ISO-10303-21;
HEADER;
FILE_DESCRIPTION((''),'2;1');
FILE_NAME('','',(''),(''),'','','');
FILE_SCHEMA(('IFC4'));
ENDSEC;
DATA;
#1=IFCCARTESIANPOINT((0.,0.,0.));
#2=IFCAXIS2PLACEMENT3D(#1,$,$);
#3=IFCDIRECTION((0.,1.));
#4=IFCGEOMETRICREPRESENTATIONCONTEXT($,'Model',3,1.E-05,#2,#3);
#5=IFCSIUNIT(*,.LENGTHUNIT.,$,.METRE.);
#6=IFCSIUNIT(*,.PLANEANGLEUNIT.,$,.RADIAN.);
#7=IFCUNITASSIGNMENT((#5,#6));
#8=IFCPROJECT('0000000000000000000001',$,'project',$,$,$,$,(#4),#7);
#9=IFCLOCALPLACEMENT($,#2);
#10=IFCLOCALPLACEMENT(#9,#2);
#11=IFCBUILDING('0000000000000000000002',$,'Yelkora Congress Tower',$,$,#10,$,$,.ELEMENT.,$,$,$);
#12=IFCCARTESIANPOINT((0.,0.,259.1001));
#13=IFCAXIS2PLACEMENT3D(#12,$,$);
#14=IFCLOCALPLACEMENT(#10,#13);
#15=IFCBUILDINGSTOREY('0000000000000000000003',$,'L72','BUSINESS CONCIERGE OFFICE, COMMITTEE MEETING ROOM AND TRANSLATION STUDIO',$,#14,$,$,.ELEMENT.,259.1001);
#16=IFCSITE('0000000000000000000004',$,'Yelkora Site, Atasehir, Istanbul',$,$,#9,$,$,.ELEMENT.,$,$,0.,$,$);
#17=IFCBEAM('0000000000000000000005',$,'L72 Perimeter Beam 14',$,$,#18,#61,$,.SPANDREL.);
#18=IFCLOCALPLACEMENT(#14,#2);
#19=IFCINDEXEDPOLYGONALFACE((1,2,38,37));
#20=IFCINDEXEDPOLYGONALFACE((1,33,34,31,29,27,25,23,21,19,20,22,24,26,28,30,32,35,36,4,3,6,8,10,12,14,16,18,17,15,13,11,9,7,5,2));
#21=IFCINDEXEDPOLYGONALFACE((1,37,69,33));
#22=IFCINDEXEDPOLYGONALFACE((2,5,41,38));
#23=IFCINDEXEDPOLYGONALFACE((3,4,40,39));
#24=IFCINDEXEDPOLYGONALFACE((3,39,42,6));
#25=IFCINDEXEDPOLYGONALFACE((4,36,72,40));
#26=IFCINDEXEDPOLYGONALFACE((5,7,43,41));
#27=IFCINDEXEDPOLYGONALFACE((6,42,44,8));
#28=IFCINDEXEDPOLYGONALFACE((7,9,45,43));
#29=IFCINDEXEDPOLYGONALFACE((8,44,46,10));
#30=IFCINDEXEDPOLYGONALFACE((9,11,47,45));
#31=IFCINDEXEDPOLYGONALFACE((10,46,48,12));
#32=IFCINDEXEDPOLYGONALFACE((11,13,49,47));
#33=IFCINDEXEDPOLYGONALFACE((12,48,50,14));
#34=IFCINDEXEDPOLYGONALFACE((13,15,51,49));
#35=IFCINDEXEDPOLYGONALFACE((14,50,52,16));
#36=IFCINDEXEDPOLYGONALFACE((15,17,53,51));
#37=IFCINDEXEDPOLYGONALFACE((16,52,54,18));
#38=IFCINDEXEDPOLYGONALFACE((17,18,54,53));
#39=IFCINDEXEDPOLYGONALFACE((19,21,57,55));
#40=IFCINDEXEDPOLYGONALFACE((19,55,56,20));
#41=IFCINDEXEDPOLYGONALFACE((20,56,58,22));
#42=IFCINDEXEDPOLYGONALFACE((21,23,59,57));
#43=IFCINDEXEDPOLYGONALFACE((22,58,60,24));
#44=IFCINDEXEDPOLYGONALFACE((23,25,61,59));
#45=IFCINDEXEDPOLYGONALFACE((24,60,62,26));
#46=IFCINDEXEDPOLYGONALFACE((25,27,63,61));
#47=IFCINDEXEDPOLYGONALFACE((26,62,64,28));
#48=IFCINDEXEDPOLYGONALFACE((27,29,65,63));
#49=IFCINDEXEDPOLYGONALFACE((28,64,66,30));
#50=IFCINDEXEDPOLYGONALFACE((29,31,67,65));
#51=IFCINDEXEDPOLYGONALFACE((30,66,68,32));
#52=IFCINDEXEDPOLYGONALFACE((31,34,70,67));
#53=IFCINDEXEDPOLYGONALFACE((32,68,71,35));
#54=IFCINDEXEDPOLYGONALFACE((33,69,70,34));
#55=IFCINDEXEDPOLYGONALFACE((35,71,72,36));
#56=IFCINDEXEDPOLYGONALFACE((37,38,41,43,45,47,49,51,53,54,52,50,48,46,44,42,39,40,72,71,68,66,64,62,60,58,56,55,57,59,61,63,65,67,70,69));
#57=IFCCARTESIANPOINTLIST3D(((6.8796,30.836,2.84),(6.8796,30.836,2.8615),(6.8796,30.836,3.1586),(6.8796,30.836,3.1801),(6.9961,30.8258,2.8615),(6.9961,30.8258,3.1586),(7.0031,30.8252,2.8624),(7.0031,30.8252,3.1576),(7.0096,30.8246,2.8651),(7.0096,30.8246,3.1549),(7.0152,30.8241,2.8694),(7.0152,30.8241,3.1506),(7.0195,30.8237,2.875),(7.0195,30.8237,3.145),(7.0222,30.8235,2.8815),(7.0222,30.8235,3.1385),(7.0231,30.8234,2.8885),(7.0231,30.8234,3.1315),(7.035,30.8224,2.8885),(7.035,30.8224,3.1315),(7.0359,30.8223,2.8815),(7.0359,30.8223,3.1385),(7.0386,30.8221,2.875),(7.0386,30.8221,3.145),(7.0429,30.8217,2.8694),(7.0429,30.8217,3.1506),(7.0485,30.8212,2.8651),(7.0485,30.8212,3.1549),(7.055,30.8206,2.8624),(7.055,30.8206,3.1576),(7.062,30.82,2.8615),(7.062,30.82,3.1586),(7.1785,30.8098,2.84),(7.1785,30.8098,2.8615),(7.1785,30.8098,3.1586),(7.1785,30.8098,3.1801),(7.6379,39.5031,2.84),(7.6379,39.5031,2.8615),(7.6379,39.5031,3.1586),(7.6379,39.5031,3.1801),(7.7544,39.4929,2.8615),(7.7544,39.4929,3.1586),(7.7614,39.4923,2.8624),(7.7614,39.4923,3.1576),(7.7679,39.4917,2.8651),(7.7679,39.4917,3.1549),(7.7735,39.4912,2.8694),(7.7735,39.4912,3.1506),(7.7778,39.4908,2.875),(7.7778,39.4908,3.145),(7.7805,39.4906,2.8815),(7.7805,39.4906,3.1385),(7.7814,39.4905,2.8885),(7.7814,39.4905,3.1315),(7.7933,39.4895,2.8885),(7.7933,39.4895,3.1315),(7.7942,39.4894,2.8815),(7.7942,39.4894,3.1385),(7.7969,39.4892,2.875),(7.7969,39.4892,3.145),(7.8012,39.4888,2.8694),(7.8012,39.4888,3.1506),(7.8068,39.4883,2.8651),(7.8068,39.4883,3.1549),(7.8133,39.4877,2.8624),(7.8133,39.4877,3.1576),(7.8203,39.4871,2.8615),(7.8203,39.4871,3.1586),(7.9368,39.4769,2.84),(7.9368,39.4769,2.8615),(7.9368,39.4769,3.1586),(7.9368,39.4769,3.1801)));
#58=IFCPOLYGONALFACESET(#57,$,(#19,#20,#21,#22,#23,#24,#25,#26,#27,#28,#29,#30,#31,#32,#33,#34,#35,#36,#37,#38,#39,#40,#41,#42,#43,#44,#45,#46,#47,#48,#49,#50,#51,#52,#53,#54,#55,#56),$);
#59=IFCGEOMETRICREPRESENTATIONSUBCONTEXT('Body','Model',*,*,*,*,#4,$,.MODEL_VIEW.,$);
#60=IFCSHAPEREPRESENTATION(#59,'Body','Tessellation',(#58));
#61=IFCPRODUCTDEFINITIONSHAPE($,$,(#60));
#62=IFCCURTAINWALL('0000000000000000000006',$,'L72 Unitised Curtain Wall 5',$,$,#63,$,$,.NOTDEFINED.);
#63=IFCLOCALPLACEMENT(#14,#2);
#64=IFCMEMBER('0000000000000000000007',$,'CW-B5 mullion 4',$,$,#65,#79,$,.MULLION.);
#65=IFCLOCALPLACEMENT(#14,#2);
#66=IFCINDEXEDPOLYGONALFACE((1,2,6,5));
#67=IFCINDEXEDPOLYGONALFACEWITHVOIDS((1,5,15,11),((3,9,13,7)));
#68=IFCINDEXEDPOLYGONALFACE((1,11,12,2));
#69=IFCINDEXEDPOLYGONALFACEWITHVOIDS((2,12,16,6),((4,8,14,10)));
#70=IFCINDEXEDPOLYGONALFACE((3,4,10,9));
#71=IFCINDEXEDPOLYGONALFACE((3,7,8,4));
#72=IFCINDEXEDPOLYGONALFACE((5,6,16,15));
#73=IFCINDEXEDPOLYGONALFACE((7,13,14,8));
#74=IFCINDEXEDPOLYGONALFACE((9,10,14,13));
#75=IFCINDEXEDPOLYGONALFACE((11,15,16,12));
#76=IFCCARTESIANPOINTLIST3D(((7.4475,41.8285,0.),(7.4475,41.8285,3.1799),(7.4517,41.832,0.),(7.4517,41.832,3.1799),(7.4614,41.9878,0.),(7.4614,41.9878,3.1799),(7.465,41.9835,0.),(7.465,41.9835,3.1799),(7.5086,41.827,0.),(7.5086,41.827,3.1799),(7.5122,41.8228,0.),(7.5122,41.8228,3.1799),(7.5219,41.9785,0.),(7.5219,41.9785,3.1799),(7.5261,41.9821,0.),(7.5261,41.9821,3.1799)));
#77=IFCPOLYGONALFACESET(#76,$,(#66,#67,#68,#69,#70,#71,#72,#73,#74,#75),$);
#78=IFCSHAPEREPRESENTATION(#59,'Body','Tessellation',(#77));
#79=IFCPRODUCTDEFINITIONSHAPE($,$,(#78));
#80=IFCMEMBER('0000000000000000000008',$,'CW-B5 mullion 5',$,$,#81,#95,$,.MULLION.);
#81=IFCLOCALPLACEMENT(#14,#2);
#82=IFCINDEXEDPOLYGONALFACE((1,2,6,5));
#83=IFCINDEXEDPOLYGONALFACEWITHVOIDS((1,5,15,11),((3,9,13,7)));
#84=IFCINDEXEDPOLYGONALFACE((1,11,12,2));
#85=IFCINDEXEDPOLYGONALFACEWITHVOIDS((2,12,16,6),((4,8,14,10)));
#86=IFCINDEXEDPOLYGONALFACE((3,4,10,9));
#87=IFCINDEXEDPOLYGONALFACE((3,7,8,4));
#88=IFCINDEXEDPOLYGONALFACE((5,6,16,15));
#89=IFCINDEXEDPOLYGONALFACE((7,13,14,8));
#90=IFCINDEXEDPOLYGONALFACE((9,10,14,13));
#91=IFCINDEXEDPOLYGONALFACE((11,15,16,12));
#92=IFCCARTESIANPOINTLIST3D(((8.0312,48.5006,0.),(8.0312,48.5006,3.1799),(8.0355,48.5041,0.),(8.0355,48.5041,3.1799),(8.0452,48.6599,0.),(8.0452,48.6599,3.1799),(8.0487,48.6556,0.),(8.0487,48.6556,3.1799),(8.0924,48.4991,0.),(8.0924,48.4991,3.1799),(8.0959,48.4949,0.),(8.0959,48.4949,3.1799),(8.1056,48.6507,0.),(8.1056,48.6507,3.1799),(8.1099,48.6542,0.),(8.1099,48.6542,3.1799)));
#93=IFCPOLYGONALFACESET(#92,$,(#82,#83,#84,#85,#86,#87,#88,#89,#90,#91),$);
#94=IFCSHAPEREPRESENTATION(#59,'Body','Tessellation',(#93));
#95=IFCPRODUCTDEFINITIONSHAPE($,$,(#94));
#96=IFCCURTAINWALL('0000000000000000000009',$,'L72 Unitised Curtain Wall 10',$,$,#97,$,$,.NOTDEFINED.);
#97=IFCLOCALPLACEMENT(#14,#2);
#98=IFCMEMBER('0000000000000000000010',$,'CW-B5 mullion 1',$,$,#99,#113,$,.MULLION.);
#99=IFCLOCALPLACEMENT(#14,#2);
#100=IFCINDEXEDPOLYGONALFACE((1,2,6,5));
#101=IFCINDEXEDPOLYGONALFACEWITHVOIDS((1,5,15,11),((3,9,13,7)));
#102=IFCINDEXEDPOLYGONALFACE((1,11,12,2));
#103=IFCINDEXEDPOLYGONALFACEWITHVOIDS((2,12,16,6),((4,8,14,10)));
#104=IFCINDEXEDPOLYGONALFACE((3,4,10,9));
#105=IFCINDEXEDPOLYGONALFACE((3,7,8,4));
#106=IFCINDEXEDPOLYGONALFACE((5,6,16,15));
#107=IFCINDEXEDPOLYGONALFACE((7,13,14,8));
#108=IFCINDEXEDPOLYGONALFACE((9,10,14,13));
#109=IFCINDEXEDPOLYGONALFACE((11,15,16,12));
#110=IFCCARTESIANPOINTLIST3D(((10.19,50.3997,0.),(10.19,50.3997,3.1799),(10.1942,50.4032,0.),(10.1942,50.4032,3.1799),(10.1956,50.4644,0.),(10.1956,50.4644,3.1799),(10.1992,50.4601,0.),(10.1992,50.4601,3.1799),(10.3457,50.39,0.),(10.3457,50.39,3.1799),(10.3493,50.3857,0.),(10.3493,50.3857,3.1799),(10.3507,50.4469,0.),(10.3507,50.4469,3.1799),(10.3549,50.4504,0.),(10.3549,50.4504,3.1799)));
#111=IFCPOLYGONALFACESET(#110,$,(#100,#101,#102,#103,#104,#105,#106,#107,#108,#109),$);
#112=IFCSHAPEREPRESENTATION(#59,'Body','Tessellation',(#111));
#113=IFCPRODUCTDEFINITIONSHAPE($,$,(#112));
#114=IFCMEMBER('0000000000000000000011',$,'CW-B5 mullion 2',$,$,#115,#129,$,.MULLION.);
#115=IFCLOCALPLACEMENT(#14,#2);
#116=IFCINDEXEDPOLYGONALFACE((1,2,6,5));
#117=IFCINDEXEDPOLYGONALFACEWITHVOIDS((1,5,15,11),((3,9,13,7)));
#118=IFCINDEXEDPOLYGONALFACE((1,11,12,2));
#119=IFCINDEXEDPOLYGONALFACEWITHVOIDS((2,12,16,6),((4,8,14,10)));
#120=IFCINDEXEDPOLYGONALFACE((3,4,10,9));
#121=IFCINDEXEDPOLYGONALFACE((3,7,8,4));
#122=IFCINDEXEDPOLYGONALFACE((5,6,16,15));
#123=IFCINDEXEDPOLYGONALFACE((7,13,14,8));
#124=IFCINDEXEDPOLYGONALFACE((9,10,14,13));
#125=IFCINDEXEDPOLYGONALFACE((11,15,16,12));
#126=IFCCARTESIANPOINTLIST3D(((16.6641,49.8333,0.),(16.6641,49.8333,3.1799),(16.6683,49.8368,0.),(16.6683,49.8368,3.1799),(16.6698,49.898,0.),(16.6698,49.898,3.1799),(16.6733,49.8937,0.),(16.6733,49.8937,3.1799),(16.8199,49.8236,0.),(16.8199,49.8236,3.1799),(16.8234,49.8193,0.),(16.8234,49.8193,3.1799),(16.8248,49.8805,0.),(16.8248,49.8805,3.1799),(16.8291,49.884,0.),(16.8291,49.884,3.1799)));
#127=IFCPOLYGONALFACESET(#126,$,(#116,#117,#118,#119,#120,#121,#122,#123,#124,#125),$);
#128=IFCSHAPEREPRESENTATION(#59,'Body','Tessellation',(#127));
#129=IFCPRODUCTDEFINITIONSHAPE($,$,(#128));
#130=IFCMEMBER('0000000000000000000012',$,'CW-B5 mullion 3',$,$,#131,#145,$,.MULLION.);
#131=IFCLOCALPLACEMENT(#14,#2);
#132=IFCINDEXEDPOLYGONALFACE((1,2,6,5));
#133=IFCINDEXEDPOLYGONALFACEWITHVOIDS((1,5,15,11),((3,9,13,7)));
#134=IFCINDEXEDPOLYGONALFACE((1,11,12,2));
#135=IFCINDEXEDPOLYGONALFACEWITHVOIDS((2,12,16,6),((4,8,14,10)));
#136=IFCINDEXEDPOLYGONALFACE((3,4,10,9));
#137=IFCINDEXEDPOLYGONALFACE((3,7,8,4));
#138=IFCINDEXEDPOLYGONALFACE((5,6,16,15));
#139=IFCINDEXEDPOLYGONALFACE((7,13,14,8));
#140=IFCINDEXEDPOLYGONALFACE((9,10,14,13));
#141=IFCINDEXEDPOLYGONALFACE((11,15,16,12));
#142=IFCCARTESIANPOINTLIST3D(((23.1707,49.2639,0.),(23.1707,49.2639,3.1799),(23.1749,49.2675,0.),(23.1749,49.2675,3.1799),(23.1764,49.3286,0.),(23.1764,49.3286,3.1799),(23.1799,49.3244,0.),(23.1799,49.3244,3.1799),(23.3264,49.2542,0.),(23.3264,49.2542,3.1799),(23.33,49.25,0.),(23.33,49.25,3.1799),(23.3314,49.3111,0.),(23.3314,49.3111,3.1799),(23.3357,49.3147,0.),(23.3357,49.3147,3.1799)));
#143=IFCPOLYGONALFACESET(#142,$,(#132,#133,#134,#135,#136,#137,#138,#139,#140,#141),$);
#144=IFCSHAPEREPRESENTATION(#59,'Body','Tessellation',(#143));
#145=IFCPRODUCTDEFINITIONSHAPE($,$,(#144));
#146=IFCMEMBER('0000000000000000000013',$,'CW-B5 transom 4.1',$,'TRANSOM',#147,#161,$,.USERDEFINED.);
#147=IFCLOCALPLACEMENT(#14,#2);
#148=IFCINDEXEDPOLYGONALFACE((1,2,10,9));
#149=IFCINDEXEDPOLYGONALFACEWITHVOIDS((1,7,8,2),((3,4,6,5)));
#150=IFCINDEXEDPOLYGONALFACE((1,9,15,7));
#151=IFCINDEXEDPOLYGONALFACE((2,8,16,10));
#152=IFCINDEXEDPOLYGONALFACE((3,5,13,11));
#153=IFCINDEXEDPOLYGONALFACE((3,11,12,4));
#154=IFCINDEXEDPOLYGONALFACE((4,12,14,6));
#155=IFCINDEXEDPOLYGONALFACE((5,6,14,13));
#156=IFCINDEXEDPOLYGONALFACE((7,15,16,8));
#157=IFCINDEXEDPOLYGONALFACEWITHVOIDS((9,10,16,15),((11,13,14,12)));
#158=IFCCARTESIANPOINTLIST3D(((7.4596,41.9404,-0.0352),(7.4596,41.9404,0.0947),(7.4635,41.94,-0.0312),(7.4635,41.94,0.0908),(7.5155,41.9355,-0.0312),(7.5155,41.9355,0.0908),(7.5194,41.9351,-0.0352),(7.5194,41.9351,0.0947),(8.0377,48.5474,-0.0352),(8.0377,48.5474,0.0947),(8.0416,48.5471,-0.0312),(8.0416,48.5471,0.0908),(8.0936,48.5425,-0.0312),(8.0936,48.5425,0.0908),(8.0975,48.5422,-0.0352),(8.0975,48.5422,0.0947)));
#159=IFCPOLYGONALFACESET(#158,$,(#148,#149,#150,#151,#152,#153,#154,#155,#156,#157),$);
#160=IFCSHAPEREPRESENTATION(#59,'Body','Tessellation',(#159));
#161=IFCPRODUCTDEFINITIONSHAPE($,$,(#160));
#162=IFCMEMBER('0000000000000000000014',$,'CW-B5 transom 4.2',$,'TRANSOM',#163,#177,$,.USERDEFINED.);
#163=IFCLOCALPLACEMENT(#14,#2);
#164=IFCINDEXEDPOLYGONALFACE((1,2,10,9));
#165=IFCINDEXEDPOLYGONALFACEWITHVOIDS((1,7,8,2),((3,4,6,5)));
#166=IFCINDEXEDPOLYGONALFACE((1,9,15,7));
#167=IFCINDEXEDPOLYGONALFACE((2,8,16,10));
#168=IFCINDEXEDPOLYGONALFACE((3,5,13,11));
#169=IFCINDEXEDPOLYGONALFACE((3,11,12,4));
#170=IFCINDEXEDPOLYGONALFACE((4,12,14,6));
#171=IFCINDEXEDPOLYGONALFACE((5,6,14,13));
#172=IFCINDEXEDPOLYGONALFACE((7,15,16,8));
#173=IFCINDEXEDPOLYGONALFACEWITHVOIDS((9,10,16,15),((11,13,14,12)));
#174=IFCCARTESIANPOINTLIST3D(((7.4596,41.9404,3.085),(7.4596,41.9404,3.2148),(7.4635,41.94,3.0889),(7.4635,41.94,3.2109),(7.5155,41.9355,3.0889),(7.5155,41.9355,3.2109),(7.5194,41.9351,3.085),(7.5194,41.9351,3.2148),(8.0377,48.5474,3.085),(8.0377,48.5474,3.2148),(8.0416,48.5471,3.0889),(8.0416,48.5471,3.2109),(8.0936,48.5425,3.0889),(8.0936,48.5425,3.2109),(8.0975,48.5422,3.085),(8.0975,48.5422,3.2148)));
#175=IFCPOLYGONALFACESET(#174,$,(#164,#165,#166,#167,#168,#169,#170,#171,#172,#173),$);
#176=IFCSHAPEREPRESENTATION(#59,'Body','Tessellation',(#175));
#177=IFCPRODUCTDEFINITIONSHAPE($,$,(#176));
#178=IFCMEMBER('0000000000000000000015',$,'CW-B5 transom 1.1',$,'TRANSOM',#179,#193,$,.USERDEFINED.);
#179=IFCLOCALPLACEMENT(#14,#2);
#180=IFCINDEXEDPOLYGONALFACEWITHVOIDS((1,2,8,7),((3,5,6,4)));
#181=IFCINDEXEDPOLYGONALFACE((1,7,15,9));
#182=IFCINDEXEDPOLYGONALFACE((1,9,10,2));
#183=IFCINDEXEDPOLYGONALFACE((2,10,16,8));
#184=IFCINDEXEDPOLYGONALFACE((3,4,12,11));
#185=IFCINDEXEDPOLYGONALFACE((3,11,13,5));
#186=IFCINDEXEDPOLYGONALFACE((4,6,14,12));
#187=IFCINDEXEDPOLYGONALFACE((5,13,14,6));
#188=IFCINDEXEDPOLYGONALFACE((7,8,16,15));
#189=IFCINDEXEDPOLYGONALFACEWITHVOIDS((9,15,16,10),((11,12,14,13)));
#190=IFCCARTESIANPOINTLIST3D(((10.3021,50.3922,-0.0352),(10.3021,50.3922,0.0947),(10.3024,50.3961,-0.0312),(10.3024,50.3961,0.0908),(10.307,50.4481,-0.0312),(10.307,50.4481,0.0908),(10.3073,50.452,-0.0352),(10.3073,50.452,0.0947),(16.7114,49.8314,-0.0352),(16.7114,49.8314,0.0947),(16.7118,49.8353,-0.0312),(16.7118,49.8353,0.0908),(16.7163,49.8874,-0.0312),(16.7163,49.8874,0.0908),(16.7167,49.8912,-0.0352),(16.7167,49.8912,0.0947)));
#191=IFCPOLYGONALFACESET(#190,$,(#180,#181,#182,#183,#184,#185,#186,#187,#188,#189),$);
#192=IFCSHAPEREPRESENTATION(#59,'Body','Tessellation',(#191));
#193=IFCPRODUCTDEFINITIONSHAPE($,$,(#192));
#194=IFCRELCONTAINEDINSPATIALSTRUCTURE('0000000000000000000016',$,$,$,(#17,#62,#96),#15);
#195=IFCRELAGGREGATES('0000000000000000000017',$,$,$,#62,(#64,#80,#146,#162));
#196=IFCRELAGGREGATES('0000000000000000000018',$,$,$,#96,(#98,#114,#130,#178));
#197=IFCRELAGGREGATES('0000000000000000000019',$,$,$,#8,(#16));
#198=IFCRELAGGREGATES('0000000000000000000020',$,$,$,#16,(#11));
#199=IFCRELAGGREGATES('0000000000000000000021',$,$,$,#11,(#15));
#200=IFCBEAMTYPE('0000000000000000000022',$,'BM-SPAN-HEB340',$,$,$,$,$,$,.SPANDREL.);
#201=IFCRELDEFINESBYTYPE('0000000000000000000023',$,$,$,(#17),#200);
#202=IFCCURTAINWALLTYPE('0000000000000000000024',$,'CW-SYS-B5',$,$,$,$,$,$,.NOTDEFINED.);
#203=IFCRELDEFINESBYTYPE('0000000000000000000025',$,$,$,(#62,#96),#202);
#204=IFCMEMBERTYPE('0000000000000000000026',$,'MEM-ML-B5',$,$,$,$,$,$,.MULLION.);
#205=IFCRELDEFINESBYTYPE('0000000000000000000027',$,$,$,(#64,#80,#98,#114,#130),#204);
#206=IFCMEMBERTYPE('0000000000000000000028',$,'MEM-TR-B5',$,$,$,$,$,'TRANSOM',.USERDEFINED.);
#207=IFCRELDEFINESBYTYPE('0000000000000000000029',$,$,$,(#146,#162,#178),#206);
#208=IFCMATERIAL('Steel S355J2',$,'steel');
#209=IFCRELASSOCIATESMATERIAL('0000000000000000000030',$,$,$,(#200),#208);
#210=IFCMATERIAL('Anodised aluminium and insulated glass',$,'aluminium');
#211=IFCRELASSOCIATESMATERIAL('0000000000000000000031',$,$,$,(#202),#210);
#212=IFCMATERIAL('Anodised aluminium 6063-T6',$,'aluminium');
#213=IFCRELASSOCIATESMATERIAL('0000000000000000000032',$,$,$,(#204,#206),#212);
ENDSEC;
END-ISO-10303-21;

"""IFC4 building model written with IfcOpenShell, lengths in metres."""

from ifc_helpers import new_model, si_unit, direction, frame, origin, origin_2d, place, context, subcontext, project, spatial, hollow_rectangle, i_section, extrude, material, material_profile, profile_set, type_object, element, aggregate, save


model = new_model("IFC4")

# Units and contexts
model_context = context("Model", 3, precision=1e-05, world=origin(), true_north=direction((0.0, 1.0)))
body_context = subcontext(model_context, "Body", "Model", "MODEL_VIEW")
ifc_project = project(units=[si_unit("LENGTHUNIT", "METRE"), si_unit("PLANEANGLEUNIT", "RADIAN")], contexts=[model_context])

# Site, building, storey
site_placement = place(None, origin())
site = spatial("IfcSite", under=ifc_project, at=site_placement, Name="Yelkora Site, Atasehir, Istanbul", CompositionType="ELEMENT", RefElevation=0.0)
building_placement = place(site_placement, origin())
building = spatial("IfcBuilding", under=site, at=building_placement, Name="Yelkora Congress Tower", CompositionType="ELEMENT")
storey_placement = place(building_placement, frame((0.0, 0.0, 259.1001)))
storey = spatial("IfcBuildingStorey", under=building, at=storey_placement, Name="L72", Description="BUSINESS CONCIERGE OFFICE, COMMITTEE MEETING ROOM AND TRANSLATION STUDIO", CompositionType="ELEMENT", Elevation=259.1001)

# Shared definitions
ifc_material_1 = material(Name="Steel S355J2", Category="steel")

# Beam
ifc_material_profile_1 = material_profile(ifc_material_1, i_section(OverallWidth=0.3, OverallDepth=0.3401, WebThickness=0.012, FlangeThickness=0.0215, FilletRadius=0.0271, at=origin_2d()), Name="HEB 340")
ifc_profile_set_1 = profile_set([ifc_material_profile_1], Name="Steel S355J2")
beam_type_1 = type_object("IfcBeamType", Name="BM-SPAN-HEB340", PredefinedType="SPANDREL", material=ifc_profile_set_1)
beam_1_placement = place(storey_placement, frame((7.7874, 39.49, 3.01), z_axis=(-0.08716, -0.996194, 0.0), x_axis=(0.996194, -0.08716, 0.0)))
element("IfcBeam", 1, at=beam_1_placement, inside=storey, type_object=beam_type_1, Name="L72 Perimeter Beam 14", PredefinedType="SPANDREL", context=body_context, shape_type="SweptSolid", body=[
    extrude(i_section(OverallWidth=0.3, OverallDepth=0.3401, WebThickness=0.012, FlangeThickness=0.0215, FilletRadius=0.0271, at=origin_2d()), origin(), (0.0, 0.0, 1.0), 8.7002),
])

# Curtain walls, members
ifc_material_2 = material(Name="Anodised aluminium and insulated glass", Category="aluminium")
curtain_wall_type = type_object("IfcCurtainWallType", Name="CW-SYS-B5", PredefinedType="NOTDEFINED", material=ifc_material_2)
curtain_wall_1_placement = place(storey_placement, origin())
curtain_wall_1 = element("IfcCurtainWall", 2, at=curtain_wall_1_placement, inside=storey, type_object=curtain_wall_type, Name="L72 Unitised Curtain Wall 5", PredefinedType="NOTDEFINED")
ifc_material_3 = material(Name="Anodised aluminium 6063-T6", Category="aluminium")
ifc_material_profile_2 = material_profile(ifc_material_3, hollow_rectangle(XDim=0.0649, YDim=0.1599, WallThickness=0.0039, at=origin_2d()), Name="ALU 65x160x4")
ifc_profile_set_2 = profile_set([ifc_material_profile_2], Name="Anodised aluminium 6063-T6")
member_type_1 = type_object("IfcMemberType", Name="MEM-ML-B5", PredefinedType="MULLION", material=ifc_profile_set_2)
member_1_placement = place(storey_placement, frame((7.4868, 41.9053, 0.0), z_axis=(0.0, 0.0, 1.0), x_axis=(-0.996195, 0.087155, 0.0)))
member_1 = element("IfcMember", 3, at=member_1_placement, type_object=member_type_1, Name="CW-B5 mullion 4", PredefinedType="MULLION", context=body_context, shape_type="SweptSolid", body=[
    extrude(hollow_rectangle(XDim=0.0649, YDim=0.1599, WallThickness=0.0039, at=origin_2d()), origin(), (0.0, 0.0, 1.0), 3.1799),
])
member_2_placement = place(storey_placement, frame((8.0706, 48.5774, 0.0), z_axis=(0.0, 0.0, 1.0), x_axis=(-0.996195, 0.087155, 0.0)))
member_2 = element("IfcMember", 4, at=member_2_placement, type_object=member_type_1, Name="CW-B5 mullion 5", PredefinedType="MULLION", context=body_context, shape_type="SweptSolid", body=[
    extrude(hollow_rectangle(XDim=0.0649, YDim=0.1599, WallThickness=0.0039, at=origin_2d()), origin(), (0.0, 0.0, 1.0), 3.1799),
])
curtain_wall_2_placement = place(storey_placement, origin())
curtain_wall_2 = element("IfcCurtainWall", 5, at=curtain_wall_2_placement, inside=storey, type_object=curtain_wall_type, Name="L72 Unitised Curtain Wall 10", PredefinedType="NOTDEFINED")
member_3_placement = place(storey_placement, frame((10.2725, 50.425, 0.0), z_axis=(0.0, 0.0, 1.0), x_axis=(0.087157, 0.996195, 0.0)))
member_3 = element("IfcMember", 6, at=member_3_placement, type_object=member_type_1, Name="CW-B5 mullion 1", PredefinedType="MULLION", context=body_context, shape_type="SweptSolid", body=[
    extrude(hollow_rectangle(XDim=0.0649, YDim=0.1599, WallThickness=0.0039, at=origin_2d()), origin(), (0.0, 0.0, 1.0), 3.1799),
])
member_4_placement = place(storey_placement, frame((16.7466, 49.8586, 0.0), z_axis=(0.0, 0.0, 1.0), x_axis=(0.087157, 0.996195, 0.0)))
member_4 = element("IfcMember", 7, at=member_4_placement, type_object=member_type_1, Name="CW-B5 mullion 2", PredefinedType="MULLION", context=body_context, shape_type="SweptSolid", body=[
    extrude(hollow_rectangle(XDim=0.0649, YDim=0.1599, WallThickness=0.0039, at=origin_2d()), origin(), (0.0, 0.0, 1.0), 3.1799),
])
member_5_placement = place(storey_placement, frame((23.2532, 49.2893, 0.0), z_axis=(0.0, 0.0, 1.0), x_axis=(0.087157, 0.996195, 0.0)))
member_5 = element("IfcMember", 8, at=member_5_placement, type_object=member_type_1, Name="CW-B5 mullion 3", PredefinedType="MULLION", context=body_context, shape_type="SweptSolid", body=[
    extrude(hollow_rectangle(XDim=0.0649, YDim=0.1599, WallThickness=0.0039, at=origin_2d()), origin(), (0.0, 0.0, 1.0), 3.1799),
])

# Members
ifc_material_profile_3 = material_profile(ifc_material_3, hollow_rectangle(XDim=0.0601, YDim=0.1299, WallThickness=0.0039, at=origin_2d()), Name="ALU 60x130x4")
ifc_profile_set_3 = profile_set([ifc_material_profile_3], Name="Anodised aluminium 6063-T6")
member_type_2 = type_object("IfcMemberType", Name="MEM-TR-B5", ElementType="TRANSOM", PredefinedType="USERDEFINED", material=ifc_profile_set_3)
member_6_placement = place(storey_placement, frame((7.4895, 41.9377, 0.0298), z_axis=(0.087166, 0.996194, 0.0), x_axis=(-0.996194, 0.087166, 0.0)))
member_6 = element("IfcMember", 9, at=member_6_placement, type_object=member_type_2, Name="CW-B5 transom 4.1", ObjectType="TRANSOM", PredefinedType="USERDEFINED", context=body_context, shape_type="SweptSolid", body=[
    extrude(hollow_rectangle(XDim=0.0601, YDim=0.1299, WallThickness=0.0039, at=origin_2d()), origin(), (0.0, 0.0, 1.0), 6.6323),
])
member_7_placement = place(storey_placement, frame((7.4895, 41.9377, 3.1499), z_axis=(0.087166, 0.996194, 0.0), x_axis=(-0.996194, 0.087166, 0.0)))
member_7 = element("IfcMember", 10, at=member_7_placement, type_object=member_type_2, Name="CW-B5 transom 4.2", ObjectType="TRANSOM", PredefinedType="USERDEFINED", context=body_context, shape_type="SweptSolid", body=[
    extrude(hollow_rectangle(XDim=0.0601, YDim=0.1299, WallThickness=0.0039, at=origin_2d()), origin(), (0.0, 0.0, 1.0), 6.6323),
])
member_8_placement = place(storey_placement, frame((10.3047, 50.4221, 0.0298), z_axis=(0.996194, -0.087162, 0.0), x_axis=(0.087162, 0.996194, 0.0)))
member_8 = element("IfcMember", 11, at=member_8_placement, type_object=member_type_2, Name="CW-B5 transom 1.1", ObjectType="TRANSOM", PredefinedType="USERDEFINED", context=body_context, shape_type="SweptSolid", body=[
    extrude(hollow_rectangle(XDim=0.0601, YDim=0.1299, WallThickness=0.0039, at=origin_2d()), origin(), (0.0, 0.0, 1.0), 6.4338),
])

aggregate(curtain_wall_1, [member_1, member_2, member_6, member_7])
aggregate(curtain_wall_2, [member_3, member_4, member_5, member_8])

save(model, "model.ifc")
